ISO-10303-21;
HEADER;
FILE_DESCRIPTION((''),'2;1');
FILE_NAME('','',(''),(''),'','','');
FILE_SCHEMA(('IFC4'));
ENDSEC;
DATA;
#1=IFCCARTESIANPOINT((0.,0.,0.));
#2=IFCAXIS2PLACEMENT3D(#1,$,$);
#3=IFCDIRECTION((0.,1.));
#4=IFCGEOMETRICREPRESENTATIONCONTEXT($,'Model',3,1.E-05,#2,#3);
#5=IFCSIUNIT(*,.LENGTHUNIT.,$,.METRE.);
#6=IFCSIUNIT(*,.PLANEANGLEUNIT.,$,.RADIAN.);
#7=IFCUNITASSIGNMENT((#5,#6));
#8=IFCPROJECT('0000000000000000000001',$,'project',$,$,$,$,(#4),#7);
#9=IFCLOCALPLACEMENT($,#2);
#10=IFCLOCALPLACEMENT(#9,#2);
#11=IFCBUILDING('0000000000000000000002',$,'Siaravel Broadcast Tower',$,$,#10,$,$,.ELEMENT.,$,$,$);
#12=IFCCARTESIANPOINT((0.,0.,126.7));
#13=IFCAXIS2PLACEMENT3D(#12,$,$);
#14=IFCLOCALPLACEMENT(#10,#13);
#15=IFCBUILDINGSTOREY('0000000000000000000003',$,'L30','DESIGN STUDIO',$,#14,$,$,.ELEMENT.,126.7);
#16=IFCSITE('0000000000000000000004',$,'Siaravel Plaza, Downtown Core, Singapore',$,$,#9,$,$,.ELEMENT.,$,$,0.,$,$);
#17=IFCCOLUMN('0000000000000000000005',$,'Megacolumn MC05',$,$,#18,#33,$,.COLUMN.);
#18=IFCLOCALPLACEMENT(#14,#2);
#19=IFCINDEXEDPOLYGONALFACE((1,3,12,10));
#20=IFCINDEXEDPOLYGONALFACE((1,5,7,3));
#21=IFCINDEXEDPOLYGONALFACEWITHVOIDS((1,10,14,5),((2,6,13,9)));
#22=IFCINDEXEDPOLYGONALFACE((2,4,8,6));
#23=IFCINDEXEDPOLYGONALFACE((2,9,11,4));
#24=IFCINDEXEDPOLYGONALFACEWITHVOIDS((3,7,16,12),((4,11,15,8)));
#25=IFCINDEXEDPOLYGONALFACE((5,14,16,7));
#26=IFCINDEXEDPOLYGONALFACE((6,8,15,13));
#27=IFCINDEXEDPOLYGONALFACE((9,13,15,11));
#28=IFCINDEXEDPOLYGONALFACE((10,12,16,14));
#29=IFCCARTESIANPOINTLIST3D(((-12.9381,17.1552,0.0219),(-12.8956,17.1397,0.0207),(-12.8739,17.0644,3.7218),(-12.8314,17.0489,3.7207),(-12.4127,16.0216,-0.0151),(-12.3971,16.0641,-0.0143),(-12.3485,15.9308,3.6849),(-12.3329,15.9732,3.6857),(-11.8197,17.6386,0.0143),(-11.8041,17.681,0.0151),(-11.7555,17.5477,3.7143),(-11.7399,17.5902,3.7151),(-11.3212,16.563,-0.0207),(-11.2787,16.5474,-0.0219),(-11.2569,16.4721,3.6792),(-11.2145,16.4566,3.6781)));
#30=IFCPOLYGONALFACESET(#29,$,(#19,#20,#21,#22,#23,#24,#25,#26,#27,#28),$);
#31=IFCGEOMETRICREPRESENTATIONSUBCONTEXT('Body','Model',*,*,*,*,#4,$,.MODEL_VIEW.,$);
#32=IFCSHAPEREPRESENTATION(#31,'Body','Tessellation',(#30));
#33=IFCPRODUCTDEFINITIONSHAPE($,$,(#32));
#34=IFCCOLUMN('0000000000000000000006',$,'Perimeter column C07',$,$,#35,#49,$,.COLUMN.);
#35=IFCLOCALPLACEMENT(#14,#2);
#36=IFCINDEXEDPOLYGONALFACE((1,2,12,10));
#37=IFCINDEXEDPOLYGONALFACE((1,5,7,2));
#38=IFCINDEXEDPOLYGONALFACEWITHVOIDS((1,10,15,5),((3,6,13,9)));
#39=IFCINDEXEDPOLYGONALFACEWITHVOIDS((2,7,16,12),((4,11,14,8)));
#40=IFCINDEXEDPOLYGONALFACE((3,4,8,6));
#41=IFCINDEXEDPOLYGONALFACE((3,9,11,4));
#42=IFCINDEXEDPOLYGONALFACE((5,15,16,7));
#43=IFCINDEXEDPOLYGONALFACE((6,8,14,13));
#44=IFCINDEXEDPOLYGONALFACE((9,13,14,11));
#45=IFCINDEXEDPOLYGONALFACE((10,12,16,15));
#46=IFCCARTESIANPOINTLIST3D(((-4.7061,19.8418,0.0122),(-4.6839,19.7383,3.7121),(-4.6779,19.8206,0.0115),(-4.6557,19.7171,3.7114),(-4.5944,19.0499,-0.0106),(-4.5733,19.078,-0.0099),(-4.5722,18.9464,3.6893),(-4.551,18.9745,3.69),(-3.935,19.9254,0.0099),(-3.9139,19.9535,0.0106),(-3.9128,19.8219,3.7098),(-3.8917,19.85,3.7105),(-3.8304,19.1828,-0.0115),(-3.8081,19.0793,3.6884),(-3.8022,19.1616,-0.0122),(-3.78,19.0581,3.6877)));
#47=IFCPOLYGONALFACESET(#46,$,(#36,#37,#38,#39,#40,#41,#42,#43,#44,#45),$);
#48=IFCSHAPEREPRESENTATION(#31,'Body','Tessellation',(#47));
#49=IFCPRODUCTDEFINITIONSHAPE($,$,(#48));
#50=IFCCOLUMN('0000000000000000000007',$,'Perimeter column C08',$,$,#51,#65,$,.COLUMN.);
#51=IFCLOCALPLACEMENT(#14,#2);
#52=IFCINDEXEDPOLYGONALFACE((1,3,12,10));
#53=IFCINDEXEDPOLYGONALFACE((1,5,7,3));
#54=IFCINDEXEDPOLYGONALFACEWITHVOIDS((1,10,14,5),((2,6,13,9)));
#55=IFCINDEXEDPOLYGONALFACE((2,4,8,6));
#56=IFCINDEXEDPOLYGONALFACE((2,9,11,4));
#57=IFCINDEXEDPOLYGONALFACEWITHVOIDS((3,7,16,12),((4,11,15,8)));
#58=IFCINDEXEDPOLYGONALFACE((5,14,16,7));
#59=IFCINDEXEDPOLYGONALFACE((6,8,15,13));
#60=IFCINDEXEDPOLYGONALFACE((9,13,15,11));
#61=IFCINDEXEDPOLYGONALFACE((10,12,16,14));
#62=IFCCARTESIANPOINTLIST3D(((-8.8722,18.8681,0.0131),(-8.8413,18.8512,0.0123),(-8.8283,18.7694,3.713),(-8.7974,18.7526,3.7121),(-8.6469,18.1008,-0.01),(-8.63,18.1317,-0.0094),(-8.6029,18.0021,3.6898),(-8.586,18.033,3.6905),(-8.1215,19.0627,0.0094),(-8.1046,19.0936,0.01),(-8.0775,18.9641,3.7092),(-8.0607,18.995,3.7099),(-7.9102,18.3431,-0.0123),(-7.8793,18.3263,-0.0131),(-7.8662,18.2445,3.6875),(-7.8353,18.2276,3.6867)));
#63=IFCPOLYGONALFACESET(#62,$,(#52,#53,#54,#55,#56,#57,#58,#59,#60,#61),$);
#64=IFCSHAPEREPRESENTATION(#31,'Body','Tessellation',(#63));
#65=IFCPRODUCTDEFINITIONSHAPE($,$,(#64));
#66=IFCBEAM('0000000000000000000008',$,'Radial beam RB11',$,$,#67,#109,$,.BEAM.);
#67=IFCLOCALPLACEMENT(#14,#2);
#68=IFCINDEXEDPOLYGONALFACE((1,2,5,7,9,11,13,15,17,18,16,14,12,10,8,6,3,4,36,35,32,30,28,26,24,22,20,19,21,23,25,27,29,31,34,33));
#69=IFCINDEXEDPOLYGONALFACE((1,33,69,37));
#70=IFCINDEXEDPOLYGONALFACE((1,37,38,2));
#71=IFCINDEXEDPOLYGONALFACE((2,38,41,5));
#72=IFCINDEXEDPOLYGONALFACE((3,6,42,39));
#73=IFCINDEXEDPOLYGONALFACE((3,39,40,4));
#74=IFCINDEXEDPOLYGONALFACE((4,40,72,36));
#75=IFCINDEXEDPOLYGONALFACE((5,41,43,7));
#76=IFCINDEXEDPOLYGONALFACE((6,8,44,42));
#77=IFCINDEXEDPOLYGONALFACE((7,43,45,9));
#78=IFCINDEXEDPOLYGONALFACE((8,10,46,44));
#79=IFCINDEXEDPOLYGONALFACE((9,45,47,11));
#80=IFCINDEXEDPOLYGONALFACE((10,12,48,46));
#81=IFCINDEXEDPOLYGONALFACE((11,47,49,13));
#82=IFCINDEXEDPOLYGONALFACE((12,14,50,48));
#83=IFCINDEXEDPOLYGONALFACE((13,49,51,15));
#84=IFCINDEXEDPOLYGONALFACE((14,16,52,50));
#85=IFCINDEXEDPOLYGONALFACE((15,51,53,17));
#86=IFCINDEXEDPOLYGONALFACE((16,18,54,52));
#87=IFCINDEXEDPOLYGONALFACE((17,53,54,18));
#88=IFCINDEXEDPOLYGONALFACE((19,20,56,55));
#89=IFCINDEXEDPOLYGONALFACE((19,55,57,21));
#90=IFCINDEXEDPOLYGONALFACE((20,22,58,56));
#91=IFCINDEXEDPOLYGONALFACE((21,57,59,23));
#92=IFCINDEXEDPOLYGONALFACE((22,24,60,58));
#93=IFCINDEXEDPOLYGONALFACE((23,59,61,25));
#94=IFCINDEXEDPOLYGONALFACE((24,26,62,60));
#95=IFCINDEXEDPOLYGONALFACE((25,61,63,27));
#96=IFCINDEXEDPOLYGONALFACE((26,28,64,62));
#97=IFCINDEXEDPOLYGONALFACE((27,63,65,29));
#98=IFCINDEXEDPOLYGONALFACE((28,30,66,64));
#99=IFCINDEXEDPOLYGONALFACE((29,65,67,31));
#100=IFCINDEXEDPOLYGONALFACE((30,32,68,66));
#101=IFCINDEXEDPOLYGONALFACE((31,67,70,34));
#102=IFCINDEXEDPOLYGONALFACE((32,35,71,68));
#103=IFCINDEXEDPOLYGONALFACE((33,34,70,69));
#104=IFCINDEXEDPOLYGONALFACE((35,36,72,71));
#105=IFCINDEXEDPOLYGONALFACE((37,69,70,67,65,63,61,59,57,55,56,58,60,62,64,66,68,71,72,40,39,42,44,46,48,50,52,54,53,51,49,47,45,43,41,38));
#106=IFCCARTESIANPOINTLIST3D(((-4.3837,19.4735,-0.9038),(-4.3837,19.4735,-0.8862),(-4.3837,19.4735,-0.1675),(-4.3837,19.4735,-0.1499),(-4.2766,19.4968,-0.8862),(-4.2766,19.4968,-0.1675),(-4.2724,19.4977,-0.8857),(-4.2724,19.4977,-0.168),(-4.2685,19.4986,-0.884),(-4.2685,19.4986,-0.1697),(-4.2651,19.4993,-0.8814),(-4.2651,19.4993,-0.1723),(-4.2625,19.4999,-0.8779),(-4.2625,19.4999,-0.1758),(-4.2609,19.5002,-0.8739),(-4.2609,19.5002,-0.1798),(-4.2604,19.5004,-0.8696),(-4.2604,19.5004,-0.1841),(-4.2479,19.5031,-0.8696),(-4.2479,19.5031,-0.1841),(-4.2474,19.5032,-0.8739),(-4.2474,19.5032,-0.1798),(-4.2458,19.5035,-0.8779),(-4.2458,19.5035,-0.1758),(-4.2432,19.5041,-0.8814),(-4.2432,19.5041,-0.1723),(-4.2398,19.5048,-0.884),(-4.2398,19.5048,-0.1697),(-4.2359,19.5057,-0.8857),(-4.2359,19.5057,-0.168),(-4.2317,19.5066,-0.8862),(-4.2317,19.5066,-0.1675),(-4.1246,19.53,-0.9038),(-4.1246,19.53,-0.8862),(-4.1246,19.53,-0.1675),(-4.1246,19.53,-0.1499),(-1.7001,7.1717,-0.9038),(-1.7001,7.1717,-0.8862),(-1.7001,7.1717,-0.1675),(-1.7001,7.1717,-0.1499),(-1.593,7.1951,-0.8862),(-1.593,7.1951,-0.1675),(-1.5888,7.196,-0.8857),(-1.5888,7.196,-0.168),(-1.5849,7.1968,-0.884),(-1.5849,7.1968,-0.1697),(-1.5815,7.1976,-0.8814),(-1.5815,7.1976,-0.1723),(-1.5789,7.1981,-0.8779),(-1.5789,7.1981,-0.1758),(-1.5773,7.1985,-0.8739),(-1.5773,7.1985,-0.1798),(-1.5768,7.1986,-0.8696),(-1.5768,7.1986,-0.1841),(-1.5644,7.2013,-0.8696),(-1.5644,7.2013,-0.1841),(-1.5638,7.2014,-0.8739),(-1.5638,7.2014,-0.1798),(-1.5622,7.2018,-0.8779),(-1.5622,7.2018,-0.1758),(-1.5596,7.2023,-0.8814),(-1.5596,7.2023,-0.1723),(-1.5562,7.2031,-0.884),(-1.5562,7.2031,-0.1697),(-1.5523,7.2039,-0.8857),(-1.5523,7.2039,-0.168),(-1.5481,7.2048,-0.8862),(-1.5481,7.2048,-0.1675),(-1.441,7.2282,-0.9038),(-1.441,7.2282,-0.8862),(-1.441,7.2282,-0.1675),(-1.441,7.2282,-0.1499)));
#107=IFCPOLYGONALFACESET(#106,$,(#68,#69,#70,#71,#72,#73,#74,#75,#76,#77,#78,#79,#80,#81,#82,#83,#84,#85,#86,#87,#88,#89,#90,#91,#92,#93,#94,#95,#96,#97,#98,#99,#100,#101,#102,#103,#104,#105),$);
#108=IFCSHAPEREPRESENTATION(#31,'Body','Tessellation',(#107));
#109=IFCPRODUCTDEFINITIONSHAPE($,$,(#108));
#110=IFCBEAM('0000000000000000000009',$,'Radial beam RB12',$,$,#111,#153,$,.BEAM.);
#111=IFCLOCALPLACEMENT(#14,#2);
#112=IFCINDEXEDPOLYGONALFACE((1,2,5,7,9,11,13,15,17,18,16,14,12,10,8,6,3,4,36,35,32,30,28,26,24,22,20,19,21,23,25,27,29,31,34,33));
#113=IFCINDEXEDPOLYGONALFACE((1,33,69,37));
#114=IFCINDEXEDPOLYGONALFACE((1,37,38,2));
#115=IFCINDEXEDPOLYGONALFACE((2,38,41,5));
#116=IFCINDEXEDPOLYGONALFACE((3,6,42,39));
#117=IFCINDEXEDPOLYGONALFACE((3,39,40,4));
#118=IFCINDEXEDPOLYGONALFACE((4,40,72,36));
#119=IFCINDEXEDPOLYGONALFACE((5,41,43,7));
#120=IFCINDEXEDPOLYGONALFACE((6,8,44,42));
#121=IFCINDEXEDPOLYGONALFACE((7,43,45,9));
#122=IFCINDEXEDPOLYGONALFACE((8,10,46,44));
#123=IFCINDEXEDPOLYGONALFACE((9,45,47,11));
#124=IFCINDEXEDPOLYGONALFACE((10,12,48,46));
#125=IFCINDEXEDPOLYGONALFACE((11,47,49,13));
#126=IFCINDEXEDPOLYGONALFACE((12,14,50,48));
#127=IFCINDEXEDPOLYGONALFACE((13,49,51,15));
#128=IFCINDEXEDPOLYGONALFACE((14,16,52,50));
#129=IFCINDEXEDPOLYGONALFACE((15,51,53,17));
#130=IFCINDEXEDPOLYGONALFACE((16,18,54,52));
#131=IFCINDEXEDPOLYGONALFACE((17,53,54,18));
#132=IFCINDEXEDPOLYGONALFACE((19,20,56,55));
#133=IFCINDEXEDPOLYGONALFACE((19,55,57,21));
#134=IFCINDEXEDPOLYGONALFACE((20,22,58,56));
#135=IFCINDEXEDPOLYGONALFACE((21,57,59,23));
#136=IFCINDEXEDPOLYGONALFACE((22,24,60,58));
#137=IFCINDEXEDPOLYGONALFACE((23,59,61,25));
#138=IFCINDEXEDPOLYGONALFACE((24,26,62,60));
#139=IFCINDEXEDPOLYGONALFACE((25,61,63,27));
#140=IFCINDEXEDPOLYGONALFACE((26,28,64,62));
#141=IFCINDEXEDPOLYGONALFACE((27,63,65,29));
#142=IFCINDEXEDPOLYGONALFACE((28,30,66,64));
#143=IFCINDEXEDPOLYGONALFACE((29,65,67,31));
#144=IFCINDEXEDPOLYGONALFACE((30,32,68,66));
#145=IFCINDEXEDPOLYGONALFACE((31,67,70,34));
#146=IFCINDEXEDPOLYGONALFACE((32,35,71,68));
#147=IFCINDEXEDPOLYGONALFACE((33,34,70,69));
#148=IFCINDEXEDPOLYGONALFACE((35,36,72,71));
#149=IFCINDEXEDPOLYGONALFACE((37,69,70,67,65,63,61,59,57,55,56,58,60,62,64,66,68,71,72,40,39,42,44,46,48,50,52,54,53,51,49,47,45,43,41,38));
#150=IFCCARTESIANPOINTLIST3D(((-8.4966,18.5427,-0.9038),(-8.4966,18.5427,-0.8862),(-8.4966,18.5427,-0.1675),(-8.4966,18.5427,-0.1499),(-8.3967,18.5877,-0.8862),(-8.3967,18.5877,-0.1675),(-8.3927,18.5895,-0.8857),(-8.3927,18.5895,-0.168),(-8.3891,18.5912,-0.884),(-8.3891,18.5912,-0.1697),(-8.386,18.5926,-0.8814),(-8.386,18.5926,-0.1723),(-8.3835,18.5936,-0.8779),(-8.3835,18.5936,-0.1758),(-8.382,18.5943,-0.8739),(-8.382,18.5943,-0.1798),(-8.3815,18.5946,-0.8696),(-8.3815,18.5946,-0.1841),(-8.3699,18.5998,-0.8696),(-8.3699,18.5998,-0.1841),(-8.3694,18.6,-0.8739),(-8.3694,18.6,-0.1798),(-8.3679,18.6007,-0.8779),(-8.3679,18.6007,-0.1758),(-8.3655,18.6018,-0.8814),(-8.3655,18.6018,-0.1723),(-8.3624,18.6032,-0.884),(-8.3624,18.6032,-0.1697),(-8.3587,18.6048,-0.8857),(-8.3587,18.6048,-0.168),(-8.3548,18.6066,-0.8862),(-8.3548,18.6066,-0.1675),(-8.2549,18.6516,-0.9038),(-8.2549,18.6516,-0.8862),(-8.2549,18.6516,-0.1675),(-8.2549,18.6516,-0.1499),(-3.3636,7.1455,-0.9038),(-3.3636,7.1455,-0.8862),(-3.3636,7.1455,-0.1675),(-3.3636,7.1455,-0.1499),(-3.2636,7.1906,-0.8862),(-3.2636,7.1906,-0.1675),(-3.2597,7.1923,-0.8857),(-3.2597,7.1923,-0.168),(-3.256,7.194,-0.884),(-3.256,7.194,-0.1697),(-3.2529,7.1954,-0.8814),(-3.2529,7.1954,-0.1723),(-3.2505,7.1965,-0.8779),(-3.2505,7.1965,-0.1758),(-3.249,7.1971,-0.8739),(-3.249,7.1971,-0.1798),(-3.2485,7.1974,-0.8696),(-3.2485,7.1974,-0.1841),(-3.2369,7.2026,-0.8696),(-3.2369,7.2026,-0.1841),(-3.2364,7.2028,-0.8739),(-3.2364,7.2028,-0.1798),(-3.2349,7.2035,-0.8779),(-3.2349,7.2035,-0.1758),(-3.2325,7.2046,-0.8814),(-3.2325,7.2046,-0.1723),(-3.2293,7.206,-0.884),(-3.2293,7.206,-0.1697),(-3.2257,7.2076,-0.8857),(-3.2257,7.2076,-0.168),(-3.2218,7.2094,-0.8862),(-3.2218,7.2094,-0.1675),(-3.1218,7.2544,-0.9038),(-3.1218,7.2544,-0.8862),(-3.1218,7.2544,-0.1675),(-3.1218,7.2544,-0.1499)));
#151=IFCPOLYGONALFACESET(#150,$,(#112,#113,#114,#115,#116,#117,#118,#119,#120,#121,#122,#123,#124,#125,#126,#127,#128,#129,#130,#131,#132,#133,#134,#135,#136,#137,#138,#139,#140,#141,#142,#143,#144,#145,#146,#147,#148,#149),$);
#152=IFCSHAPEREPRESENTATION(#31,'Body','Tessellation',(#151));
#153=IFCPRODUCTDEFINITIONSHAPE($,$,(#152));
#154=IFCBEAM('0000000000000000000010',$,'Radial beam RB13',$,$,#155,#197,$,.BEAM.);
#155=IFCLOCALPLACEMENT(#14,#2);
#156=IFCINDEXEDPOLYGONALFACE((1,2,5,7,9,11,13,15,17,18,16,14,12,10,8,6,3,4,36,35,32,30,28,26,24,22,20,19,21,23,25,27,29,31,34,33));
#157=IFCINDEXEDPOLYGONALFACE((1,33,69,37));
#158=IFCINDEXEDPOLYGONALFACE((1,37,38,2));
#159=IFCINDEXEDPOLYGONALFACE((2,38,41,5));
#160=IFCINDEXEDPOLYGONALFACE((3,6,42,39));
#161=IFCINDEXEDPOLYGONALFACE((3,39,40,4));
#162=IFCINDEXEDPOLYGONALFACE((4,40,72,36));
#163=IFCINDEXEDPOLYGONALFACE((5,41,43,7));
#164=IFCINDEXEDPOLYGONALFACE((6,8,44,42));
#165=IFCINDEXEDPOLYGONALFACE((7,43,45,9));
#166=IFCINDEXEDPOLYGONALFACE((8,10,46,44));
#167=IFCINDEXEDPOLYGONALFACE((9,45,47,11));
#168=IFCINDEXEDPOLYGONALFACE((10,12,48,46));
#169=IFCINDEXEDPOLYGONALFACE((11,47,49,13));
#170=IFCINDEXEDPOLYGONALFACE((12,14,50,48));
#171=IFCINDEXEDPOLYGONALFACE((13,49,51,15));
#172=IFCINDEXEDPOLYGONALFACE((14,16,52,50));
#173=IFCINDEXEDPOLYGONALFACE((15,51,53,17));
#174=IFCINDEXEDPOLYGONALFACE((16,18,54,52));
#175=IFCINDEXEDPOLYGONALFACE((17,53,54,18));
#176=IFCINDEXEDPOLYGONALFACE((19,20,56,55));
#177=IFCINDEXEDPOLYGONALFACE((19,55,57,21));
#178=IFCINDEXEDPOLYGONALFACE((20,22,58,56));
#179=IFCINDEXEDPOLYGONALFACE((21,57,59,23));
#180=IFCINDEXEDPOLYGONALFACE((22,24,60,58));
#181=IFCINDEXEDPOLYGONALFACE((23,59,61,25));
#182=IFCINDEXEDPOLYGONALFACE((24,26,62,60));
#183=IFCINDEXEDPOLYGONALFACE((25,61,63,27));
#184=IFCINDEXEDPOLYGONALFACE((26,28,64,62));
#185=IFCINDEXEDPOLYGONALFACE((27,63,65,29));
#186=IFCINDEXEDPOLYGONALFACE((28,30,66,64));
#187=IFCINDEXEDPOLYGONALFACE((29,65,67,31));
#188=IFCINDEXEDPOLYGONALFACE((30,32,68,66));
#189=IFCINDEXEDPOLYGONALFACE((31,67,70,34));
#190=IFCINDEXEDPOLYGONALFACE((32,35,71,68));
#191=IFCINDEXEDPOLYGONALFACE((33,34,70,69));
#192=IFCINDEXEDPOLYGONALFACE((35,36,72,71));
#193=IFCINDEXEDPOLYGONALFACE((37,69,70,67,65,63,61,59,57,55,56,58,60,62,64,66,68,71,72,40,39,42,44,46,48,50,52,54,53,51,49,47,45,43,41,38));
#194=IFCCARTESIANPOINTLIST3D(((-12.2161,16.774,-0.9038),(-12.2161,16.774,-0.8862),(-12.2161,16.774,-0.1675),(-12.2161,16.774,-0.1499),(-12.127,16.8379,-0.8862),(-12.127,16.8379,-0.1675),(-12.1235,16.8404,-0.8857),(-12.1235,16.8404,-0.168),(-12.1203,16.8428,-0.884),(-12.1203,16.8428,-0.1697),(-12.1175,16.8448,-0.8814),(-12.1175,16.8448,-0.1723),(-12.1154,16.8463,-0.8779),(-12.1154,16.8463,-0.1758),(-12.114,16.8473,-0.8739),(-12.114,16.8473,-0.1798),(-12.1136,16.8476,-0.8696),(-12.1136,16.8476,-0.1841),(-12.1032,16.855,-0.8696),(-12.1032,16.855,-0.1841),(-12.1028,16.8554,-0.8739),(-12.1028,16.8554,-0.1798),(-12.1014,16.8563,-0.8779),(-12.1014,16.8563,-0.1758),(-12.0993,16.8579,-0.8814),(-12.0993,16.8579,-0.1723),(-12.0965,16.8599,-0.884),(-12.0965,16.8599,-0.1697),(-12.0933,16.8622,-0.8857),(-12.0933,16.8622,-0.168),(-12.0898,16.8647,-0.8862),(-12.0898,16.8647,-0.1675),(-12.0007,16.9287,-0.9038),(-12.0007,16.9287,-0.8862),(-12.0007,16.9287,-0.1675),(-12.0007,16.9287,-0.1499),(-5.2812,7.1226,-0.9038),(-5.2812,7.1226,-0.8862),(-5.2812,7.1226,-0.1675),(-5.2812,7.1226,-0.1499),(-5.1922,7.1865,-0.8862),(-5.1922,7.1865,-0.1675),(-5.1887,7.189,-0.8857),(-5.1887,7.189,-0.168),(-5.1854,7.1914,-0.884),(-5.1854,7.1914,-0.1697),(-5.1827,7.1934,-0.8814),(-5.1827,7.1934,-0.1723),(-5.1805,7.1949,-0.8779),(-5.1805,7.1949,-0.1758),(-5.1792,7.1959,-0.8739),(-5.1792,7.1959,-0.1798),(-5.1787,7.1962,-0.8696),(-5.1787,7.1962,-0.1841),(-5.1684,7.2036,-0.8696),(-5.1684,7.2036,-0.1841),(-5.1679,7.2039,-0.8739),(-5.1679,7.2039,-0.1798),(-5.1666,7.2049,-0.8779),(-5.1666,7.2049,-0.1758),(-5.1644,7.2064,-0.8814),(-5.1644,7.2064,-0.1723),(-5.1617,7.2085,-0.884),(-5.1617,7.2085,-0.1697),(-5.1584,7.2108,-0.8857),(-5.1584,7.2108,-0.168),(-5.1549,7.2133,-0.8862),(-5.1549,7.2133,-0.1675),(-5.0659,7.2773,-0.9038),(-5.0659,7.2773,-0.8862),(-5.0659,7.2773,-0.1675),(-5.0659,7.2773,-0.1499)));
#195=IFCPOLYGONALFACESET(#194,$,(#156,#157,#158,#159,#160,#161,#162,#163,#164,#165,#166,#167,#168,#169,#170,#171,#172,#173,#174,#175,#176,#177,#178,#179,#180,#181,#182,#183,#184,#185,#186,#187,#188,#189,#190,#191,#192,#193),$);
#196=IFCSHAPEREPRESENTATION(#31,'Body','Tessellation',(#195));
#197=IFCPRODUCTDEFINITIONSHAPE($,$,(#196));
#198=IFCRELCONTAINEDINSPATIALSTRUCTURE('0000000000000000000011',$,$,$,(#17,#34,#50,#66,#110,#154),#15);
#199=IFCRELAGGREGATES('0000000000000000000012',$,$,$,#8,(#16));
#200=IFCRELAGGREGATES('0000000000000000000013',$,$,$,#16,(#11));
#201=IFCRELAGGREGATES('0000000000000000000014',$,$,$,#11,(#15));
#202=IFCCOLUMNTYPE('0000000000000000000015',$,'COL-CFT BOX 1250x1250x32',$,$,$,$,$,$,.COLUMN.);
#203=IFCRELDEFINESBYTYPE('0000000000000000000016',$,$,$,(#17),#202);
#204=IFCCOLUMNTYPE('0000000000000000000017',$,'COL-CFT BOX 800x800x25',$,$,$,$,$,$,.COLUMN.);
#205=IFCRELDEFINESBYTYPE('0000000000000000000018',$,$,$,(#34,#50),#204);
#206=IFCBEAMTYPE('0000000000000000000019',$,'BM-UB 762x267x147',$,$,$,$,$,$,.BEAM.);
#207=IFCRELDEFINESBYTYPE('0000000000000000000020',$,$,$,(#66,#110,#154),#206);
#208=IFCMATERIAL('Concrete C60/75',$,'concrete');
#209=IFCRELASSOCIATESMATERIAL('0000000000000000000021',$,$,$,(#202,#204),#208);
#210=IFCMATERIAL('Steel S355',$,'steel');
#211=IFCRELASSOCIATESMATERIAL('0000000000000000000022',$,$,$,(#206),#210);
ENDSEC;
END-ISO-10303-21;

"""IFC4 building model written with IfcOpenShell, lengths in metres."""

from ifc_helpers import new_model, si_unit, direction, frame, origin, origin_2d, place, context, subcontext, project, spatial, hollow_rectangle, i_section, extrude, material, material_profile, profile_set, type_object, element, save


model = new_model("IFC4")

# Units and contexts
model_context = context("Model", 3, precision=1e-05, world=origin(), true_north=direction((0.0, 1.0)))
body_context = subcontext(model_context, "Body", "Model", "MODEL_VIEW")
ifc_project = project(units=[si_unit("LENGTHUNIT", "METRE"), si_unit("PLANEANGLEUNIT", "RADIAN")], contexts=[model_context])

# Site, building, storey
site_placement = place(None, origin())
site = spatial("IfcSite", under=ifc_project, at=site_placement, Name="Siaravel Plaza, Downtown Core, Singapore", CompositionType="ELEMENT", RefElevation=0.0)
building_placement = place(site_placement, origin())
building = spatial("IfcBuilding", under=site, at=building_placement, Name="Siaravel Broadcast Tower", CompositionType="ELEMENT")
storey_placement = place(building_placement, frame((0.0, 0.0, 126.7)))
storey = spatial("IfcBuildingStorey", under=building, at=storey_placement, Name="L30", Description="DESIGN STUDIO", CompositionType="ELEMENT", Elevation=126.7)

# Columns
ifc_material_1 = material(Name="Concrete C60/75", Category="concrete")
ifc_material_profile_1 = material_profile(ifc_material_1, hollow_rectangle(XDim=1.25, YDim=1.25, WallThickness=0.032, at=origin_2d()))
ifc_profile_set_1 = profile_set([ifc_material_profile_1], Name="Concrete C60/75")
column_type_1 = type_object("IfcColumnType", Name="COL-CFT BOX 1250x1250x32", PredefinedType="COLUMN", material=ifc_profile_set_1)
column_placement = place(storey_placement, frame((-12.1084, 16.8513, 0.0), z_axis=(0.017346, -0.024535, 0.999548), x_axis=(0.907211, 0.420642, -0.005419)))
element("IfcColumn", 1, at=column_placement, inside=storey, type_object=column_type_1, Name="Megacolumn MC05", PredefinedType="COLUMN", context=body_context, shape_type="SweptSolid", body=[
    extrude(hollow_rectangle(XDim=1.25, YDim=1.25, WallThickness=0.032, at=origin_2d()), origin(), (0.0, 0.0, 1.0), 3.7017),
])
ifc_material_profile_2 = material_profile(ifc_material_1, hollow_rectangle(XDim=0.8, YDim=0.8, WallThickness=0.0249, at=origin_2d()))
ifc_profile_set_2 = profile_set([ifc_material_profile_2], Name="Concrete C60/75")
column_type_2 = type_object("IfcColumnType", Name="COL-CFT BOX 800x800x25", PredefinedType="COLUMN", material=ifc_profile_set_2)
for number, where, z_axis, x_axis, name in (
    (2, (-4.2542, 19.5017, 0.0), (0.006002, -0.027966, 0.999591), (0.990198, 0.139655, -0.002039), "Perimeter column C07"),
    (3, (-8.3757, 18.5972, 0.0), (0.011872, -0.026647, 0.999574), (0.959438, 0.281893, -0.003881), "Perimeter column C08"),
):
    element("IfcColumn", number, at=place(storey_placement, frame(where, z_axis=z_axis, x_axis=x_axis)), inside=storey, type_object=column_type_2, Name=name, PredefinedType="COLUMN", context=body_context, shape_type="SweptSolid", body=[
        extrude(hollow_rectangle(XDim=0.8, YDim=0.8, WallThickness=0.0249, at=origin_2d()), origin(), (0.0, 0.0, 1.0), 3.7014),
    ])

# Beams
ifc_material_2 = material(Name="Steel S355", Category="steel")
ifc_material_profile_3 = material_profile(ifc_material_2, i_section(OverallWidth=0.2651, OverallDepth=0.7539, WebThickness=0.0127, FlangeThickness=0.0176, FilletRadius=0.0166, at=origin_2d()))
ifc_profile_set_3 = profile_set([ifc_material_profile_3], Name="Steel S355")
beam_type = type_object("IfcBeamType", Name="BM-UB 762x267x147", PredefinedType="BEAM", material=ifc_profile_set_3)
beam_1_placement = place(storey_placement, frame((-4.2542, 19.5017, -0.5269), z_axis=(0.213135, -0.977023, 0.0), x_axis=(0.977023, 0.213135, 0.0)))
element("IfcBeam", 4, at=beam_1_placement, inside=storey, type_object=beam_type, Name="Radial beam RB11", PredefinedType="BEAM", context=body_context, shape_type="SweptSolid", body=[
    extrude(i_section(OverallWidth=0.2651, OverallDepth=0.7539, WebThickness=0.0127, FlangeThickness=0.0176, FilletRadius=0.0166, at=origin_2d()), origin(), (0.0, 0.0, 1.0), 12.5911),
])
beam_2_placement = place(storey_placement, frame((-8.3757, 18.5972, -0.5269), z_axis=(0.410651, -0.911792, 0.0), x_axis=(0.911792, 0.410651, 0.0)))
element("IfcBeam", 5, at=beam_2_placement, inside=storey, type_object=beam_type, Name="Radial beam RB12", PredefinedType="BEAM", context=body_context, shape_type="SweptSolid", body=[
    extrude(i_section(OverallWidth=0.2651, OverallDepth=0.7539, WebThickness=0.0127, FlangeThickness=0.0176, FilletRadius=0.0166, at=origin_2d()), origin(), (0.0, 0.0, 1.0), 12.4998),
])
beam_3_placement = place(storey_placement, frame((-12.1084, 16.8513, -0.5269), z_axis=(0.583519, -0.812099, 0.0), x_axis=(0.812099, 0.583519, 0.0)))
element("IfcBeam", 6, at=beam_3_placement, inside=storey, type_object=beam_type, Name="Radial beam RB13", PredefinedType="BEAM", context=body_context, shape_type="SweptSolid", body=[
    extrude(i_section(OverallWidth=0.2651, OverallDepth=0.7539, WebThickness=0.0127, FlangeThickness=0.0176, FilletRadius=0.0166, at=origin_2d()), origin(), (0.0, 0.0, 1.0), 11.8845),
])

save(model, "model.ifc")
